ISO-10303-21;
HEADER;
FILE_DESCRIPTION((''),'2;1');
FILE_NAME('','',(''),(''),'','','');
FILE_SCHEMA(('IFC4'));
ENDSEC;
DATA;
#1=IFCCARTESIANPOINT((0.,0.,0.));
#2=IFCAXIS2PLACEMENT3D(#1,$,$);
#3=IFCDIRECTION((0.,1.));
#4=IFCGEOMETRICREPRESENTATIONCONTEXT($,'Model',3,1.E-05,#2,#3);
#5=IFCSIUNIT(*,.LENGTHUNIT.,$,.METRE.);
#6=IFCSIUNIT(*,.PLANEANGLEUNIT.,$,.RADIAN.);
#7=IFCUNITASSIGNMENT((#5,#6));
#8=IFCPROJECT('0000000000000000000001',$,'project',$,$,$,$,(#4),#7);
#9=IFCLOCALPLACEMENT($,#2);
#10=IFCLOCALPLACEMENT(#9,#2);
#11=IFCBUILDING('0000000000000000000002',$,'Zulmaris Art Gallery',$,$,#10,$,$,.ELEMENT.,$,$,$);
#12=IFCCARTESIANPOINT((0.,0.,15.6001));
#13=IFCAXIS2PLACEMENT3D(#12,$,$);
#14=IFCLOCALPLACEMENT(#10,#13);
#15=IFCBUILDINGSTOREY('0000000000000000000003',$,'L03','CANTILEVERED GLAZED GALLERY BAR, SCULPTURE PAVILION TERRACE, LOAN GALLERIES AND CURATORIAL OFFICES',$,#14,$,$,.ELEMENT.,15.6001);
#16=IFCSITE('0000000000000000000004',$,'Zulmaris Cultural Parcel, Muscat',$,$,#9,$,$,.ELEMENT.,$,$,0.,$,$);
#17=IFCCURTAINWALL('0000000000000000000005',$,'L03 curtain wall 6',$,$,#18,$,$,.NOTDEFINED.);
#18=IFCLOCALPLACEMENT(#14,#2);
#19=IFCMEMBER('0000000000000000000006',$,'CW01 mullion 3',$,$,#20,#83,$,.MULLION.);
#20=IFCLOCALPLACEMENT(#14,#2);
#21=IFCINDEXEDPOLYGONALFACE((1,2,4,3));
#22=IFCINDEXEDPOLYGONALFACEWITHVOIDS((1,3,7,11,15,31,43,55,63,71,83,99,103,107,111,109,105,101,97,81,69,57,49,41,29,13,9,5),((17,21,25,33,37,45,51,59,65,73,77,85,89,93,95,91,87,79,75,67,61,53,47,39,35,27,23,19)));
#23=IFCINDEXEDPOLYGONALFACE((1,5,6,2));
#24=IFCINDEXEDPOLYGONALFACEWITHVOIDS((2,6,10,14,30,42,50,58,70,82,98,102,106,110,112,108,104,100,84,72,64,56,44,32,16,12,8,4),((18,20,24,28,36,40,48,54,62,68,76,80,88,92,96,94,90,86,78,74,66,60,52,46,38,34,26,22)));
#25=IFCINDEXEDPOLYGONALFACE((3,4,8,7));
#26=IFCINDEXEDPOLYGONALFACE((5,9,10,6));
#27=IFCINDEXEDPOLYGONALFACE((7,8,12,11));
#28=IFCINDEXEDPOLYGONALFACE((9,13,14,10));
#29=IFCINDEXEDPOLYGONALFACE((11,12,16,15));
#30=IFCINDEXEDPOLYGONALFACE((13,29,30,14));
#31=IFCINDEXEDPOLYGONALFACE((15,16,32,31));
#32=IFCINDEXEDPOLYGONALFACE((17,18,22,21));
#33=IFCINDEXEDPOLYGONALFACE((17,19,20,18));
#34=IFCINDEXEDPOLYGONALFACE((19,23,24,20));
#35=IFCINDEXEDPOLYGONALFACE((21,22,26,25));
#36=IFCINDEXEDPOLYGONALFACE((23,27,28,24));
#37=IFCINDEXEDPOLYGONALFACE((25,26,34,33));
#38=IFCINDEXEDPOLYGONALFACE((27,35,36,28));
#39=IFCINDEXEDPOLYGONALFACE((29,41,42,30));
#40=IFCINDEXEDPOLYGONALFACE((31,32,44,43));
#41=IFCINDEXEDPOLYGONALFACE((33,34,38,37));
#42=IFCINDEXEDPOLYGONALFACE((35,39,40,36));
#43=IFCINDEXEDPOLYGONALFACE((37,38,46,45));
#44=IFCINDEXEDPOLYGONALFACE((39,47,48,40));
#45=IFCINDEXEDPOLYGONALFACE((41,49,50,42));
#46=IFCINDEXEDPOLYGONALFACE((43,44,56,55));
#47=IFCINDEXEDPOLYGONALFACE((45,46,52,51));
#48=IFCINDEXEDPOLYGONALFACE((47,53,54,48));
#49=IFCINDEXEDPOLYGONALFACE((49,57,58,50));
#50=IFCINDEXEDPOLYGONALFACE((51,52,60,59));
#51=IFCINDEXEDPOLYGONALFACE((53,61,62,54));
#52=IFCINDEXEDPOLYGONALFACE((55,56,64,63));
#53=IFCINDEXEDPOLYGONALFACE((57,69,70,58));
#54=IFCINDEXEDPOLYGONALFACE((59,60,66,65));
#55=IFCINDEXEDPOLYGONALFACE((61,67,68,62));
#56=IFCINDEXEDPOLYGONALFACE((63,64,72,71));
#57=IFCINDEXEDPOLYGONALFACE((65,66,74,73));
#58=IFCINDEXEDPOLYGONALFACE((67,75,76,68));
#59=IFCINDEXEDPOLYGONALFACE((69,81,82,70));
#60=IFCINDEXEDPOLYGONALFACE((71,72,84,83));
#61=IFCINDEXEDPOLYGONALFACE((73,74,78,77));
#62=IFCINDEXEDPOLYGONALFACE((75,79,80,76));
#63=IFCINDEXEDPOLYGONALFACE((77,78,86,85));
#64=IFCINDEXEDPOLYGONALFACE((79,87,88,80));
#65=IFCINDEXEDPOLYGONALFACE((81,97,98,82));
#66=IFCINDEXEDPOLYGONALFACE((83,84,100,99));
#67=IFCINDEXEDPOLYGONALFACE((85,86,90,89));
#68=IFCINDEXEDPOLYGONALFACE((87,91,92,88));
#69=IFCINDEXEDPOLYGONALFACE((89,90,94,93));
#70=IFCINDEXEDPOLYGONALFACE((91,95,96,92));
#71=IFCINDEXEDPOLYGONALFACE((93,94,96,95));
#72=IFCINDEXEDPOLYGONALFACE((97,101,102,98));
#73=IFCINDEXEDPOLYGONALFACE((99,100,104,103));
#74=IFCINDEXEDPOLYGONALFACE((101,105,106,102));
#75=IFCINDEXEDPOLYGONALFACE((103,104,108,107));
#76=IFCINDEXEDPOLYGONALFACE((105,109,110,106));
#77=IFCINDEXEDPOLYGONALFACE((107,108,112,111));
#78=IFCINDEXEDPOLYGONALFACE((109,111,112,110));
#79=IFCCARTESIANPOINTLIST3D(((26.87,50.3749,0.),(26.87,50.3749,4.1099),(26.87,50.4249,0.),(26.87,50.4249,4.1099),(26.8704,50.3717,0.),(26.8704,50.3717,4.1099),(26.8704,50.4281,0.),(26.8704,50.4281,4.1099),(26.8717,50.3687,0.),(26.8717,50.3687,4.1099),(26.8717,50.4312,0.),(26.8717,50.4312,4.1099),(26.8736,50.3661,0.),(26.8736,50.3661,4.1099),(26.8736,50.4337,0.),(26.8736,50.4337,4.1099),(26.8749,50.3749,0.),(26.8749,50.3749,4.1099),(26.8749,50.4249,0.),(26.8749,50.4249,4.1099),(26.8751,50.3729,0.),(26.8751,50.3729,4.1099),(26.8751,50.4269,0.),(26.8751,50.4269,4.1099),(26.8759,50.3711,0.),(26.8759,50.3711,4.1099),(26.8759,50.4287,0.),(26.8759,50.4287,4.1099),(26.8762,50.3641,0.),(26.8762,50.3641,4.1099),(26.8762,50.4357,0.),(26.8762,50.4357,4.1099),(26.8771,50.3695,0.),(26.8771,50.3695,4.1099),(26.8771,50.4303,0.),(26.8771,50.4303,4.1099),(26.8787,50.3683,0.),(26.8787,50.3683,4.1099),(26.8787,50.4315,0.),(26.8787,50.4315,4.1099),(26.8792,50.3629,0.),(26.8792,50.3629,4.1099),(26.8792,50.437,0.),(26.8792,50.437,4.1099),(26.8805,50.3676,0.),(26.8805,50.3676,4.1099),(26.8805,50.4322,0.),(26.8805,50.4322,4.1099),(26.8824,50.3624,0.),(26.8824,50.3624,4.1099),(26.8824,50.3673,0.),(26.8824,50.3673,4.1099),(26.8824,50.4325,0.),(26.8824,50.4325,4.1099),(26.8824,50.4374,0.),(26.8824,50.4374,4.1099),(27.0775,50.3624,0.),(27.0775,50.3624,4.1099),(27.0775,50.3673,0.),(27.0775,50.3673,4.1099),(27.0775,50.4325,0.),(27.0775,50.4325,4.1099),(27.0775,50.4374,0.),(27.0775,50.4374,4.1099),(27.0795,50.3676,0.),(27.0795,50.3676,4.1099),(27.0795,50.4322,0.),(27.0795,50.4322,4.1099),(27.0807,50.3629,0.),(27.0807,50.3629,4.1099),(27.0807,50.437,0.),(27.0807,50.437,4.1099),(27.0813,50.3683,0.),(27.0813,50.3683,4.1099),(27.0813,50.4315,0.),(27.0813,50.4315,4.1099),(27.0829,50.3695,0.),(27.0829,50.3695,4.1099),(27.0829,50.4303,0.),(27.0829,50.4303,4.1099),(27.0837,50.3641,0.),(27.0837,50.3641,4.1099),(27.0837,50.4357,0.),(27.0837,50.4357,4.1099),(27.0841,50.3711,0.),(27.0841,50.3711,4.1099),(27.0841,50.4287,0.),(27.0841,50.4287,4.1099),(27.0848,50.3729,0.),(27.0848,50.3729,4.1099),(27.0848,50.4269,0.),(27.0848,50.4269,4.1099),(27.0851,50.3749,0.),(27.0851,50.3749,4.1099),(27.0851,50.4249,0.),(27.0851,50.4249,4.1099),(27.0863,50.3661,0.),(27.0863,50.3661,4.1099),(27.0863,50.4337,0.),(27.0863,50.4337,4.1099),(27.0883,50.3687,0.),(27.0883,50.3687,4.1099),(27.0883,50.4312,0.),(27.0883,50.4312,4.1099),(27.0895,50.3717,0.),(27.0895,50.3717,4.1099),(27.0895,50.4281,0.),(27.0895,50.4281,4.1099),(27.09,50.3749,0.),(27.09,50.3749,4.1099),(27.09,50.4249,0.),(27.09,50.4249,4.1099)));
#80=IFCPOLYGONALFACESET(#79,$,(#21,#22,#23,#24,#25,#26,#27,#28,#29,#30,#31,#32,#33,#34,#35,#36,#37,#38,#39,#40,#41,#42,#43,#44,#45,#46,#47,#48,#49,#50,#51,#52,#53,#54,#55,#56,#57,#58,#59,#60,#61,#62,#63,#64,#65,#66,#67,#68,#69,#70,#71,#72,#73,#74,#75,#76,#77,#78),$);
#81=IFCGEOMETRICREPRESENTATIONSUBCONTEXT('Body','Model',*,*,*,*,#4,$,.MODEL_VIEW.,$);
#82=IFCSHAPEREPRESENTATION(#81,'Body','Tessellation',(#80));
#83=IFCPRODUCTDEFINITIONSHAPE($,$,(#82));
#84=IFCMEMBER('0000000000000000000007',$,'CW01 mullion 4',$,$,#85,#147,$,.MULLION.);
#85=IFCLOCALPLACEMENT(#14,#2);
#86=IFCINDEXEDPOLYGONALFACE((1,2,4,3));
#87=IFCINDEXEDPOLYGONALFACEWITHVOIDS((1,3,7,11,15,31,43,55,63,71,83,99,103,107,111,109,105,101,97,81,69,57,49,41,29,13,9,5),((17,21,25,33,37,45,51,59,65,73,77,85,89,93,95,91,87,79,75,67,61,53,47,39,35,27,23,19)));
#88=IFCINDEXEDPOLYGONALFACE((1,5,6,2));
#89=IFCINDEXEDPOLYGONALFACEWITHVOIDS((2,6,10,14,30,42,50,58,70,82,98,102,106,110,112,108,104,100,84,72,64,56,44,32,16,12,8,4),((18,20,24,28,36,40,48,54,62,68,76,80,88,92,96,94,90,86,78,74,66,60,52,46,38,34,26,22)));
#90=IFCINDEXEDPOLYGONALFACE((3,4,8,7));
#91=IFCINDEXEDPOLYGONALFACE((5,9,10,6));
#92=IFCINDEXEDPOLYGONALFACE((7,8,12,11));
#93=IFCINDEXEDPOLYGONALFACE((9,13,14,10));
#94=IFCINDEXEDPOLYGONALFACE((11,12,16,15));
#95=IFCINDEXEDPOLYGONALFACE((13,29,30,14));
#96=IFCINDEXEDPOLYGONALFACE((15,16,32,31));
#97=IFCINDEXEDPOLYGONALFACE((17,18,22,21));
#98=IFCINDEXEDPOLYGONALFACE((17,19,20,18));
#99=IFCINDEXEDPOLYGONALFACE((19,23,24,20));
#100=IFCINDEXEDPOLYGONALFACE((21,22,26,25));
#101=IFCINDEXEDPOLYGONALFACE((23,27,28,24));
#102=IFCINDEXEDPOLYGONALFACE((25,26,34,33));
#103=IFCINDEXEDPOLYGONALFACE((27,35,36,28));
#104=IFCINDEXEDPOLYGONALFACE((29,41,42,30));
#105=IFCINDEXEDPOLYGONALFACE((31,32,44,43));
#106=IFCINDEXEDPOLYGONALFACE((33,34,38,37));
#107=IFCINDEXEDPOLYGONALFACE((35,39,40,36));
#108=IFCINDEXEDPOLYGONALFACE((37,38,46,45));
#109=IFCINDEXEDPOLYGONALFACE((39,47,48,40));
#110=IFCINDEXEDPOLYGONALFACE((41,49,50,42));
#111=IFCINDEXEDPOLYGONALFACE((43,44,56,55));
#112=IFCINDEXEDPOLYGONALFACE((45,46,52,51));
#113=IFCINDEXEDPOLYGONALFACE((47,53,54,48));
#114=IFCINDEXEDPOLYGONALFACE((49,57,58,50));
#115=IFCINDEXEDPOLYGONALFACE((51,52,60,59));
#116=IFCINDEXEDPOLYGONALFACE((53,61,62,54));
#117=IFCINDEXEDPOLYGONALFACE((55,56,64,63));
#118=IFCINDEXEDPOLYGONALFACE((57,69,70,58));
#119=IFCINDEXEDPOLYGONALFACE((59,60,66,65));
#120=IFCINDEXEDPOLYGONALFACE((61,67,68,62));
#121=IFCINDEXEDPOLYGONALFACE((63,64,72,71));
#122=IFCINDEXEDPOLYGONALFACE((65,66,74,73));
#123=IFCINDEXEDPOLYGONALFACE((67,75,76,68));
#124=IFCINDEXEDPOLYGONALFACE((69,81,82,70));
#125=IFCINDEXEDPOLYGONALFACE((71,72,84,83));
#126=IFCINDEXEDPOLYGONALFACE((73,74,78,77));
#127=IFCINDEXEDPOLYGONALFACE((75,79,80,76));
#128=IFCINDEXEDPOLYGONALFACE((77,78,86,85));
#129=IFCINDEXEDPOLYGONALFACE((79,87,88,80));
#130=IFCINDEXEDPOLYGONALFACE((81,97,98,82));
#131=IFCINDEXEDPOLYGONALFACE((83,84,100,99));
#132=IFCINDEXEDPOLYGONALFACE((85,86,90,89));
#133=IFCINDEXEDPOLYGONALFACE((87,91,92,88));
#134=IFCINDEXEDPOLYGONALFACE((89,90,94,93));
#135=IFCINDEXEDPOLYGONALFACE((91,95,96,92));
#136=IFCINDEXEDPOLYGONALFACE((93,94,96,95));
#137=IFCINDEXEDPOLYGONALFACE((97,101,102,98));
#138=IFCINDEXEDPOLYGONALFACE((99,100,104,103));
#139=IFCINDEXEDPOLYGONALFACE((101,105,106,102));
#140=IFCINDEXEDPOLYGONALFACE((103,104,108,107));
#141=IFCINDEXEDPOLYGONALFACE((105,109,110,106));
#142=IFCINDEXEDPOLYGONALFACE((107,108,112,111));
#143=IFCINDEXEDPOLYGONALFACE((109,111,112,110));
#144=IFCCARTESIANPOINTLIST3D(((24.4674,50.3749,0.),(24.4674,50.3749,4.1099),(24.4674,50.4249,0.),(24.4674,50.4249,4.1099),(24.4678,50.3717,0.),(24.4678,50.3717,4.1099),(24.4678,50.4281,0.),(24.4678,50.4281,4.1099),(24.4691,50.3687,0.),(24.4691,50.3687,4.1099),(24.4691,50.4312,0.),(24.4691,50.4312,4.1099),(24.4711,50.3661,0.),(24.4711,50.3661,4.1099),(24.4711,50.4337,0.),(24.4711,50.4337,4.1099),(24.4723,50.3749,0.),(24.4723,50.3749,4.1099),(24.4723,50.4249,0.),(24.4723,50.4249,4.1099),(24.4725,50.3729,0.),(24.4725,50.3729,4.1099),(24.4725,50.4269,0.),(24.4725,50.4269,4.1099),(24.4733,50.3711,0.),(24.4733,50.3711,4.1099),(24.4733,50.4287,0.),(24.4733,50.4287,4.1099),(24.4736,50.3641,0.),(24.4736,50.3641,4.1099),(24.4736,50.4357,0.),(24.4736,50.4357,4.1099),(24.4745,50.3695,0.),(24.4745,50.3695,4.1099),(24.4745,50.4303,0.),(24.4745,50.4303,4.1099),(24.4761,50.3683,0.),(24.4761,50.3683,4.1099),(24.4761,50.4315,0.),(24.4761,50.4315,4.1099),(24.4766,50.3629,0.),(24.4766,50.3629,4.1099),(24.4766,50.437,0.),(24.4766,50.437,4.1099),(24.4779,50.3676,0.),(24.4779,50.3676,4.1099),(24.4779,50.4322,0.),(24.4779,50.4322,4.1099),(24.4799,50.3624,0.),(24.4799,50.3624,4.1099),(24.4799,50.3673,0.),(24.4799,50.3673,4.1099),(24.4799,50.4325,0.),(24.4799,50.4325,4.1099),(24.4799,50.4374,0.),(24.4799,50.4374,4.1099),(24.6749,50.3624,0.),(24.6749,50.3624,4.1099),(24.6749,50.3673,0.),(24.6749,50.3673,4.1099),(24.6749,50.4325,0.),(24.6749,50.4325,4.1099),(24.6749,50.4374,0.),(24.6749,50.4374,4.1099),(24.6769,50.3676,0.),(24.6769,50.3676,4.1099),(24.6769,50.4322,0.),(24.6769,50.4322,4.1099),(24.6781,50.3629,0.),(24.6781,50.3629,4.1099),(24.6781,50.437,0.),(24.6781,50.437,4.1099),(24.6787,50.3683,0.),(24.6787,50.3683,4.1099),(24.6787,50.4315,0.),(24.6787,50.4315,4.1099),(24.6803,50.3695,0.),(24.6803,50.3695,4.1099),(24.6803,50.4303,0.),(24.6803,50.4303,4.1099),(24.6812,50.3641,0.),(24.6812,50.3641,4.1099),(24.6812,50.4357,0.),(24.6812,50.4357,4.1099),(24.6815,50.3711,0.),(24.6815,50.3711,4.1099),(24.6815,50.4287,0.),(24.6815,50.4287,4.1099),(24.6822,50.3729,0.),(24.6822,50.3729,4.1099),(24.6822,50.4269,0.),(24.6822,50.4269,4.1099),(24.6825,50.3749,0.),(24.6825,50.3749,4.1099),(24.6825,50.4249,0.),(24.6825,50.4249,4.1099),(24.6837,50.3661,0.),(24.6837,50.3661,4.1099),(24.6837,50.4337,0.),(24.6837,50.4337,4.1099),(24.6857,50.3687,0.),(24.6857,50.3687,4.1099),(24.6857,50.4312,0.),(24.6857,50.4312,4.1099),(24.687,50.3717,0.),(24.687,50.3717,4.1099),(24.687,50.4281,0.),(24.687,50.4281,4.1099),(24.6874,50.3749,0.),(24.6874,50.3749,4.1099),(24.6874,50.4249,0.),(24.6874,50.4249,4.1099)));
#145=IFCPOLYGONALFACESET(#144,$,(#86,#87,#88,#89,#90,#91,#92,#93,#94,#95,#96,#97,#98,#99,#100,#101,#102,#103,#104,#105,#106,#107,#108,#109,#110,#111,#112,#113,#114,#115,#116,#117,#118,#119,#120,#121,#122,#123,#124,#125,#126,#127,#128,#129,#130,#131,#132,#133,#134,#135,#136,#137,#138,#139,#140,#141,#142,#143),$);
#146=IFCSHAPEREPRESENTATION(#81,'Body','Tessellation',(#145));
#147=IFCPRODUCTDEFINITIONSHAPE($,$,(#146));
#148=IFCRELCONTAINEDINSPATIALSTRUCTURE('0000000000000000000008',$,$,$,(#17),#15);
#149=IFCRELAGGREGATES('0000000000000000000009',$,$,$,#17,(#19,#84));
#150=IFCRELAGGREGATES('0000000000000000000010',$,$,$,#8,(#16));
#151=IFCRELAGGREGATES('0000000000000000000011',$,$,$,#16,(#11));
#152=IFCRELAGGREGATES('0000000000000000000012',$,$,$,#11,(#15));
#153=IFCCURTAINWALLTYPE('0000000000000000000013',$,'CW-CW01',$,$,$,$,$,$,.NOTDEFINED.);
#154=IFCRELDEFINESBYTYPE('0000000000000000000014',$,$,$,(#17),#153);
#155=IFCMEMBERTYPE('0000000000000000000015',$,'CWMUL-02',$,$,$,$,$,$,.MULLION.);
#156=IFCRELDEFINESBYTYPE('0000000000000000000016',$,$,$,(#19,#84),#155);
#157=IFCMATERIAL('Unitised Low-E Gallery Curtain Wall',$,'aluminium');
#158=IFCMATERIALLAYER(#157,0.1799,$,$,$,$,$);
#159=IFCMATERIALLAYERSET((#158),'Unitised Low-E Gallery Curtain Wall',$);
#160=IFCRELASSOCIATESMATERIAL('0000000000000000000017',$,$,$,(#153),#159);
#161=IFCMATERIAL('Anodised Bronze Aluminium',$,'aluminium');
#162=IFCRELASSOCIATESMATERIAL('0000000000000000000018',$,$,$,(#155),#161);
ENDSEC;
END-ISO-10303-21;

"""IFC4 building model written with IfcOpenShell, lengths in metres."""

from ifc_helpers import new_model, si_unit, direction, frame, origin, origin_2d, place, context, subcontext, project, spatial, hollow_rectangle, extrude, material, layer, layer_set, material_profile, profile_set, type_object, element, aggregate, save


model = new_model("IFC4")

# Units and contexts
model_context = context("Model", 3, precision=1e-05, world=origin(), true_north=direction((0.0, 1.0)))
body_context = subcontext(model_context, "Body", "Model", "MODEL_VIEW")
ifc_project = project(units=[si_unit("LENGTHUNIT", "METRE"), si_unit("PLANEANGLEUNIT", "RADIAN")], contexts=[model_context])

# Site, building, storey
site_placement = place(None, origin())
site = spatial("IfcSite", under=ifc_project, at=site_placement, Name="Zulmaris Cultural Parcel, Muscat", CompositionType="ELEMENT", RefElevation=0.0)
building_placement = place(site_placement, origin())
building = spatial("IfcBuilding", under=site, at=building_placement, Name="Zulmaris Art Gallery", CompositionType="ELEMENT")
storey_placement = place(building_placement, frame((0.0, 0.0, 15.6001)))
storey = spatial("IfcBuildingStorey", under=building, at=storey_placement, Name="L03", Description="CANTILEVERED GLAZED GALLERY BAR, SCULPTURE PAVILION TERRACE, LOAN GALLERIES AND CURATORIAL OFFICES", CompositionType="ELEMENT", Elevation=15.6001)

# Curtain wall, members
ifc_material_1 = material(Name="Unitised Low-E Gallery Curtain Wall", Category="aluminium")
ifc_layer_1 = layer(ifc_material_1, 0.1799)
ifc_layer_set_1 = layer_set([ifc_layer_1], Name="Unitised Low-E Gallery Curtain Wall")
curtain_wall_type = type_object("IfcCurtainWallType", Name="CW-CW01", PredefinedType="NOTDEFINED", material=ifc_layer_set_1)
ifc_material_2 = material(Name="Anodised Bronze Aluminium", Category="aluminium")
ifc_material_profile_1 = material_profile(ifc_material_2, hollow_rectangle(XDim=0.075, YDim=0.22, WallThickness=0.0049, InnerFilletRadius=0.0076, OuterFilletRadius=0.0125, at=origin_2d()), Name="ALU 75x220x5")
ifc_profile_set_1 = profile_set([ifc_material_profile_1], Name="Anodised Bronze Aluminium")
member_type_1 = type_object("IfcMemberType", Name="CWMUL-02", PredefinedType="MULLION", material=ifc_profile_set_1)
curtain_wall_1_placement = place(storey_placement, origin())
curtain_wall_1 = element("IfcCurtainWall", 1, at=curtain_wall_1_placement, inside=storey, type_object=curtain_wall_type, Name="L03 curtain wall 6", PredefinedType="NOTDEFINED")
member_1_placement = place(storey_placement, frame((26.98, 50.3999, 0.0), z_axis=(0.0, 0.0, 1.0), x_axis=(0.0, -1.0, 0.0)))
member_1 = element("IfcMember", 2, at=member_1_placement, type_object=member_type_1, Name="CW01 mullion 3", PredefinedType="MULLION", context=body_context, shape_type="SweptSolid", body=[
    extrude(hollow_rectangle(XDim=0.075, YDim=0.22, WallThickness=0.0049, InnerFilletRadius=0.0076, OuterFilletRadius=0.0125, at=origin_2d()), origin(), (0.0, 0.0, 1.0), 4.1099),
])
member_2_placement = place(storey_placement, frame((24.5774, 50.3999, 0.0), z_axis=(0.0, 0.0, 1.0), x_axis=(0.0, -1.0, 0.0)))
member_2 = element("IfcMember", 3, at=member_2_placement, type_object=member_type_1, Name="CW01 mullion 4", PredefinedType="MULLION", context=body_context, shape_type="SweptSolid", body=[
    extrude(hollow_rectangle(XDim=0.075, YDim=0.22, WallThickness=0.0049, InnerFilletRadius=0.0076, OuterFilletRadius=0.0125, at=origin_2d()), origin(), (0.0, 0.0, 1.0), 4.1099),
])

aggregate(curtain_wall_1, [member_1, member_2])

save(model, "model.ifc")
